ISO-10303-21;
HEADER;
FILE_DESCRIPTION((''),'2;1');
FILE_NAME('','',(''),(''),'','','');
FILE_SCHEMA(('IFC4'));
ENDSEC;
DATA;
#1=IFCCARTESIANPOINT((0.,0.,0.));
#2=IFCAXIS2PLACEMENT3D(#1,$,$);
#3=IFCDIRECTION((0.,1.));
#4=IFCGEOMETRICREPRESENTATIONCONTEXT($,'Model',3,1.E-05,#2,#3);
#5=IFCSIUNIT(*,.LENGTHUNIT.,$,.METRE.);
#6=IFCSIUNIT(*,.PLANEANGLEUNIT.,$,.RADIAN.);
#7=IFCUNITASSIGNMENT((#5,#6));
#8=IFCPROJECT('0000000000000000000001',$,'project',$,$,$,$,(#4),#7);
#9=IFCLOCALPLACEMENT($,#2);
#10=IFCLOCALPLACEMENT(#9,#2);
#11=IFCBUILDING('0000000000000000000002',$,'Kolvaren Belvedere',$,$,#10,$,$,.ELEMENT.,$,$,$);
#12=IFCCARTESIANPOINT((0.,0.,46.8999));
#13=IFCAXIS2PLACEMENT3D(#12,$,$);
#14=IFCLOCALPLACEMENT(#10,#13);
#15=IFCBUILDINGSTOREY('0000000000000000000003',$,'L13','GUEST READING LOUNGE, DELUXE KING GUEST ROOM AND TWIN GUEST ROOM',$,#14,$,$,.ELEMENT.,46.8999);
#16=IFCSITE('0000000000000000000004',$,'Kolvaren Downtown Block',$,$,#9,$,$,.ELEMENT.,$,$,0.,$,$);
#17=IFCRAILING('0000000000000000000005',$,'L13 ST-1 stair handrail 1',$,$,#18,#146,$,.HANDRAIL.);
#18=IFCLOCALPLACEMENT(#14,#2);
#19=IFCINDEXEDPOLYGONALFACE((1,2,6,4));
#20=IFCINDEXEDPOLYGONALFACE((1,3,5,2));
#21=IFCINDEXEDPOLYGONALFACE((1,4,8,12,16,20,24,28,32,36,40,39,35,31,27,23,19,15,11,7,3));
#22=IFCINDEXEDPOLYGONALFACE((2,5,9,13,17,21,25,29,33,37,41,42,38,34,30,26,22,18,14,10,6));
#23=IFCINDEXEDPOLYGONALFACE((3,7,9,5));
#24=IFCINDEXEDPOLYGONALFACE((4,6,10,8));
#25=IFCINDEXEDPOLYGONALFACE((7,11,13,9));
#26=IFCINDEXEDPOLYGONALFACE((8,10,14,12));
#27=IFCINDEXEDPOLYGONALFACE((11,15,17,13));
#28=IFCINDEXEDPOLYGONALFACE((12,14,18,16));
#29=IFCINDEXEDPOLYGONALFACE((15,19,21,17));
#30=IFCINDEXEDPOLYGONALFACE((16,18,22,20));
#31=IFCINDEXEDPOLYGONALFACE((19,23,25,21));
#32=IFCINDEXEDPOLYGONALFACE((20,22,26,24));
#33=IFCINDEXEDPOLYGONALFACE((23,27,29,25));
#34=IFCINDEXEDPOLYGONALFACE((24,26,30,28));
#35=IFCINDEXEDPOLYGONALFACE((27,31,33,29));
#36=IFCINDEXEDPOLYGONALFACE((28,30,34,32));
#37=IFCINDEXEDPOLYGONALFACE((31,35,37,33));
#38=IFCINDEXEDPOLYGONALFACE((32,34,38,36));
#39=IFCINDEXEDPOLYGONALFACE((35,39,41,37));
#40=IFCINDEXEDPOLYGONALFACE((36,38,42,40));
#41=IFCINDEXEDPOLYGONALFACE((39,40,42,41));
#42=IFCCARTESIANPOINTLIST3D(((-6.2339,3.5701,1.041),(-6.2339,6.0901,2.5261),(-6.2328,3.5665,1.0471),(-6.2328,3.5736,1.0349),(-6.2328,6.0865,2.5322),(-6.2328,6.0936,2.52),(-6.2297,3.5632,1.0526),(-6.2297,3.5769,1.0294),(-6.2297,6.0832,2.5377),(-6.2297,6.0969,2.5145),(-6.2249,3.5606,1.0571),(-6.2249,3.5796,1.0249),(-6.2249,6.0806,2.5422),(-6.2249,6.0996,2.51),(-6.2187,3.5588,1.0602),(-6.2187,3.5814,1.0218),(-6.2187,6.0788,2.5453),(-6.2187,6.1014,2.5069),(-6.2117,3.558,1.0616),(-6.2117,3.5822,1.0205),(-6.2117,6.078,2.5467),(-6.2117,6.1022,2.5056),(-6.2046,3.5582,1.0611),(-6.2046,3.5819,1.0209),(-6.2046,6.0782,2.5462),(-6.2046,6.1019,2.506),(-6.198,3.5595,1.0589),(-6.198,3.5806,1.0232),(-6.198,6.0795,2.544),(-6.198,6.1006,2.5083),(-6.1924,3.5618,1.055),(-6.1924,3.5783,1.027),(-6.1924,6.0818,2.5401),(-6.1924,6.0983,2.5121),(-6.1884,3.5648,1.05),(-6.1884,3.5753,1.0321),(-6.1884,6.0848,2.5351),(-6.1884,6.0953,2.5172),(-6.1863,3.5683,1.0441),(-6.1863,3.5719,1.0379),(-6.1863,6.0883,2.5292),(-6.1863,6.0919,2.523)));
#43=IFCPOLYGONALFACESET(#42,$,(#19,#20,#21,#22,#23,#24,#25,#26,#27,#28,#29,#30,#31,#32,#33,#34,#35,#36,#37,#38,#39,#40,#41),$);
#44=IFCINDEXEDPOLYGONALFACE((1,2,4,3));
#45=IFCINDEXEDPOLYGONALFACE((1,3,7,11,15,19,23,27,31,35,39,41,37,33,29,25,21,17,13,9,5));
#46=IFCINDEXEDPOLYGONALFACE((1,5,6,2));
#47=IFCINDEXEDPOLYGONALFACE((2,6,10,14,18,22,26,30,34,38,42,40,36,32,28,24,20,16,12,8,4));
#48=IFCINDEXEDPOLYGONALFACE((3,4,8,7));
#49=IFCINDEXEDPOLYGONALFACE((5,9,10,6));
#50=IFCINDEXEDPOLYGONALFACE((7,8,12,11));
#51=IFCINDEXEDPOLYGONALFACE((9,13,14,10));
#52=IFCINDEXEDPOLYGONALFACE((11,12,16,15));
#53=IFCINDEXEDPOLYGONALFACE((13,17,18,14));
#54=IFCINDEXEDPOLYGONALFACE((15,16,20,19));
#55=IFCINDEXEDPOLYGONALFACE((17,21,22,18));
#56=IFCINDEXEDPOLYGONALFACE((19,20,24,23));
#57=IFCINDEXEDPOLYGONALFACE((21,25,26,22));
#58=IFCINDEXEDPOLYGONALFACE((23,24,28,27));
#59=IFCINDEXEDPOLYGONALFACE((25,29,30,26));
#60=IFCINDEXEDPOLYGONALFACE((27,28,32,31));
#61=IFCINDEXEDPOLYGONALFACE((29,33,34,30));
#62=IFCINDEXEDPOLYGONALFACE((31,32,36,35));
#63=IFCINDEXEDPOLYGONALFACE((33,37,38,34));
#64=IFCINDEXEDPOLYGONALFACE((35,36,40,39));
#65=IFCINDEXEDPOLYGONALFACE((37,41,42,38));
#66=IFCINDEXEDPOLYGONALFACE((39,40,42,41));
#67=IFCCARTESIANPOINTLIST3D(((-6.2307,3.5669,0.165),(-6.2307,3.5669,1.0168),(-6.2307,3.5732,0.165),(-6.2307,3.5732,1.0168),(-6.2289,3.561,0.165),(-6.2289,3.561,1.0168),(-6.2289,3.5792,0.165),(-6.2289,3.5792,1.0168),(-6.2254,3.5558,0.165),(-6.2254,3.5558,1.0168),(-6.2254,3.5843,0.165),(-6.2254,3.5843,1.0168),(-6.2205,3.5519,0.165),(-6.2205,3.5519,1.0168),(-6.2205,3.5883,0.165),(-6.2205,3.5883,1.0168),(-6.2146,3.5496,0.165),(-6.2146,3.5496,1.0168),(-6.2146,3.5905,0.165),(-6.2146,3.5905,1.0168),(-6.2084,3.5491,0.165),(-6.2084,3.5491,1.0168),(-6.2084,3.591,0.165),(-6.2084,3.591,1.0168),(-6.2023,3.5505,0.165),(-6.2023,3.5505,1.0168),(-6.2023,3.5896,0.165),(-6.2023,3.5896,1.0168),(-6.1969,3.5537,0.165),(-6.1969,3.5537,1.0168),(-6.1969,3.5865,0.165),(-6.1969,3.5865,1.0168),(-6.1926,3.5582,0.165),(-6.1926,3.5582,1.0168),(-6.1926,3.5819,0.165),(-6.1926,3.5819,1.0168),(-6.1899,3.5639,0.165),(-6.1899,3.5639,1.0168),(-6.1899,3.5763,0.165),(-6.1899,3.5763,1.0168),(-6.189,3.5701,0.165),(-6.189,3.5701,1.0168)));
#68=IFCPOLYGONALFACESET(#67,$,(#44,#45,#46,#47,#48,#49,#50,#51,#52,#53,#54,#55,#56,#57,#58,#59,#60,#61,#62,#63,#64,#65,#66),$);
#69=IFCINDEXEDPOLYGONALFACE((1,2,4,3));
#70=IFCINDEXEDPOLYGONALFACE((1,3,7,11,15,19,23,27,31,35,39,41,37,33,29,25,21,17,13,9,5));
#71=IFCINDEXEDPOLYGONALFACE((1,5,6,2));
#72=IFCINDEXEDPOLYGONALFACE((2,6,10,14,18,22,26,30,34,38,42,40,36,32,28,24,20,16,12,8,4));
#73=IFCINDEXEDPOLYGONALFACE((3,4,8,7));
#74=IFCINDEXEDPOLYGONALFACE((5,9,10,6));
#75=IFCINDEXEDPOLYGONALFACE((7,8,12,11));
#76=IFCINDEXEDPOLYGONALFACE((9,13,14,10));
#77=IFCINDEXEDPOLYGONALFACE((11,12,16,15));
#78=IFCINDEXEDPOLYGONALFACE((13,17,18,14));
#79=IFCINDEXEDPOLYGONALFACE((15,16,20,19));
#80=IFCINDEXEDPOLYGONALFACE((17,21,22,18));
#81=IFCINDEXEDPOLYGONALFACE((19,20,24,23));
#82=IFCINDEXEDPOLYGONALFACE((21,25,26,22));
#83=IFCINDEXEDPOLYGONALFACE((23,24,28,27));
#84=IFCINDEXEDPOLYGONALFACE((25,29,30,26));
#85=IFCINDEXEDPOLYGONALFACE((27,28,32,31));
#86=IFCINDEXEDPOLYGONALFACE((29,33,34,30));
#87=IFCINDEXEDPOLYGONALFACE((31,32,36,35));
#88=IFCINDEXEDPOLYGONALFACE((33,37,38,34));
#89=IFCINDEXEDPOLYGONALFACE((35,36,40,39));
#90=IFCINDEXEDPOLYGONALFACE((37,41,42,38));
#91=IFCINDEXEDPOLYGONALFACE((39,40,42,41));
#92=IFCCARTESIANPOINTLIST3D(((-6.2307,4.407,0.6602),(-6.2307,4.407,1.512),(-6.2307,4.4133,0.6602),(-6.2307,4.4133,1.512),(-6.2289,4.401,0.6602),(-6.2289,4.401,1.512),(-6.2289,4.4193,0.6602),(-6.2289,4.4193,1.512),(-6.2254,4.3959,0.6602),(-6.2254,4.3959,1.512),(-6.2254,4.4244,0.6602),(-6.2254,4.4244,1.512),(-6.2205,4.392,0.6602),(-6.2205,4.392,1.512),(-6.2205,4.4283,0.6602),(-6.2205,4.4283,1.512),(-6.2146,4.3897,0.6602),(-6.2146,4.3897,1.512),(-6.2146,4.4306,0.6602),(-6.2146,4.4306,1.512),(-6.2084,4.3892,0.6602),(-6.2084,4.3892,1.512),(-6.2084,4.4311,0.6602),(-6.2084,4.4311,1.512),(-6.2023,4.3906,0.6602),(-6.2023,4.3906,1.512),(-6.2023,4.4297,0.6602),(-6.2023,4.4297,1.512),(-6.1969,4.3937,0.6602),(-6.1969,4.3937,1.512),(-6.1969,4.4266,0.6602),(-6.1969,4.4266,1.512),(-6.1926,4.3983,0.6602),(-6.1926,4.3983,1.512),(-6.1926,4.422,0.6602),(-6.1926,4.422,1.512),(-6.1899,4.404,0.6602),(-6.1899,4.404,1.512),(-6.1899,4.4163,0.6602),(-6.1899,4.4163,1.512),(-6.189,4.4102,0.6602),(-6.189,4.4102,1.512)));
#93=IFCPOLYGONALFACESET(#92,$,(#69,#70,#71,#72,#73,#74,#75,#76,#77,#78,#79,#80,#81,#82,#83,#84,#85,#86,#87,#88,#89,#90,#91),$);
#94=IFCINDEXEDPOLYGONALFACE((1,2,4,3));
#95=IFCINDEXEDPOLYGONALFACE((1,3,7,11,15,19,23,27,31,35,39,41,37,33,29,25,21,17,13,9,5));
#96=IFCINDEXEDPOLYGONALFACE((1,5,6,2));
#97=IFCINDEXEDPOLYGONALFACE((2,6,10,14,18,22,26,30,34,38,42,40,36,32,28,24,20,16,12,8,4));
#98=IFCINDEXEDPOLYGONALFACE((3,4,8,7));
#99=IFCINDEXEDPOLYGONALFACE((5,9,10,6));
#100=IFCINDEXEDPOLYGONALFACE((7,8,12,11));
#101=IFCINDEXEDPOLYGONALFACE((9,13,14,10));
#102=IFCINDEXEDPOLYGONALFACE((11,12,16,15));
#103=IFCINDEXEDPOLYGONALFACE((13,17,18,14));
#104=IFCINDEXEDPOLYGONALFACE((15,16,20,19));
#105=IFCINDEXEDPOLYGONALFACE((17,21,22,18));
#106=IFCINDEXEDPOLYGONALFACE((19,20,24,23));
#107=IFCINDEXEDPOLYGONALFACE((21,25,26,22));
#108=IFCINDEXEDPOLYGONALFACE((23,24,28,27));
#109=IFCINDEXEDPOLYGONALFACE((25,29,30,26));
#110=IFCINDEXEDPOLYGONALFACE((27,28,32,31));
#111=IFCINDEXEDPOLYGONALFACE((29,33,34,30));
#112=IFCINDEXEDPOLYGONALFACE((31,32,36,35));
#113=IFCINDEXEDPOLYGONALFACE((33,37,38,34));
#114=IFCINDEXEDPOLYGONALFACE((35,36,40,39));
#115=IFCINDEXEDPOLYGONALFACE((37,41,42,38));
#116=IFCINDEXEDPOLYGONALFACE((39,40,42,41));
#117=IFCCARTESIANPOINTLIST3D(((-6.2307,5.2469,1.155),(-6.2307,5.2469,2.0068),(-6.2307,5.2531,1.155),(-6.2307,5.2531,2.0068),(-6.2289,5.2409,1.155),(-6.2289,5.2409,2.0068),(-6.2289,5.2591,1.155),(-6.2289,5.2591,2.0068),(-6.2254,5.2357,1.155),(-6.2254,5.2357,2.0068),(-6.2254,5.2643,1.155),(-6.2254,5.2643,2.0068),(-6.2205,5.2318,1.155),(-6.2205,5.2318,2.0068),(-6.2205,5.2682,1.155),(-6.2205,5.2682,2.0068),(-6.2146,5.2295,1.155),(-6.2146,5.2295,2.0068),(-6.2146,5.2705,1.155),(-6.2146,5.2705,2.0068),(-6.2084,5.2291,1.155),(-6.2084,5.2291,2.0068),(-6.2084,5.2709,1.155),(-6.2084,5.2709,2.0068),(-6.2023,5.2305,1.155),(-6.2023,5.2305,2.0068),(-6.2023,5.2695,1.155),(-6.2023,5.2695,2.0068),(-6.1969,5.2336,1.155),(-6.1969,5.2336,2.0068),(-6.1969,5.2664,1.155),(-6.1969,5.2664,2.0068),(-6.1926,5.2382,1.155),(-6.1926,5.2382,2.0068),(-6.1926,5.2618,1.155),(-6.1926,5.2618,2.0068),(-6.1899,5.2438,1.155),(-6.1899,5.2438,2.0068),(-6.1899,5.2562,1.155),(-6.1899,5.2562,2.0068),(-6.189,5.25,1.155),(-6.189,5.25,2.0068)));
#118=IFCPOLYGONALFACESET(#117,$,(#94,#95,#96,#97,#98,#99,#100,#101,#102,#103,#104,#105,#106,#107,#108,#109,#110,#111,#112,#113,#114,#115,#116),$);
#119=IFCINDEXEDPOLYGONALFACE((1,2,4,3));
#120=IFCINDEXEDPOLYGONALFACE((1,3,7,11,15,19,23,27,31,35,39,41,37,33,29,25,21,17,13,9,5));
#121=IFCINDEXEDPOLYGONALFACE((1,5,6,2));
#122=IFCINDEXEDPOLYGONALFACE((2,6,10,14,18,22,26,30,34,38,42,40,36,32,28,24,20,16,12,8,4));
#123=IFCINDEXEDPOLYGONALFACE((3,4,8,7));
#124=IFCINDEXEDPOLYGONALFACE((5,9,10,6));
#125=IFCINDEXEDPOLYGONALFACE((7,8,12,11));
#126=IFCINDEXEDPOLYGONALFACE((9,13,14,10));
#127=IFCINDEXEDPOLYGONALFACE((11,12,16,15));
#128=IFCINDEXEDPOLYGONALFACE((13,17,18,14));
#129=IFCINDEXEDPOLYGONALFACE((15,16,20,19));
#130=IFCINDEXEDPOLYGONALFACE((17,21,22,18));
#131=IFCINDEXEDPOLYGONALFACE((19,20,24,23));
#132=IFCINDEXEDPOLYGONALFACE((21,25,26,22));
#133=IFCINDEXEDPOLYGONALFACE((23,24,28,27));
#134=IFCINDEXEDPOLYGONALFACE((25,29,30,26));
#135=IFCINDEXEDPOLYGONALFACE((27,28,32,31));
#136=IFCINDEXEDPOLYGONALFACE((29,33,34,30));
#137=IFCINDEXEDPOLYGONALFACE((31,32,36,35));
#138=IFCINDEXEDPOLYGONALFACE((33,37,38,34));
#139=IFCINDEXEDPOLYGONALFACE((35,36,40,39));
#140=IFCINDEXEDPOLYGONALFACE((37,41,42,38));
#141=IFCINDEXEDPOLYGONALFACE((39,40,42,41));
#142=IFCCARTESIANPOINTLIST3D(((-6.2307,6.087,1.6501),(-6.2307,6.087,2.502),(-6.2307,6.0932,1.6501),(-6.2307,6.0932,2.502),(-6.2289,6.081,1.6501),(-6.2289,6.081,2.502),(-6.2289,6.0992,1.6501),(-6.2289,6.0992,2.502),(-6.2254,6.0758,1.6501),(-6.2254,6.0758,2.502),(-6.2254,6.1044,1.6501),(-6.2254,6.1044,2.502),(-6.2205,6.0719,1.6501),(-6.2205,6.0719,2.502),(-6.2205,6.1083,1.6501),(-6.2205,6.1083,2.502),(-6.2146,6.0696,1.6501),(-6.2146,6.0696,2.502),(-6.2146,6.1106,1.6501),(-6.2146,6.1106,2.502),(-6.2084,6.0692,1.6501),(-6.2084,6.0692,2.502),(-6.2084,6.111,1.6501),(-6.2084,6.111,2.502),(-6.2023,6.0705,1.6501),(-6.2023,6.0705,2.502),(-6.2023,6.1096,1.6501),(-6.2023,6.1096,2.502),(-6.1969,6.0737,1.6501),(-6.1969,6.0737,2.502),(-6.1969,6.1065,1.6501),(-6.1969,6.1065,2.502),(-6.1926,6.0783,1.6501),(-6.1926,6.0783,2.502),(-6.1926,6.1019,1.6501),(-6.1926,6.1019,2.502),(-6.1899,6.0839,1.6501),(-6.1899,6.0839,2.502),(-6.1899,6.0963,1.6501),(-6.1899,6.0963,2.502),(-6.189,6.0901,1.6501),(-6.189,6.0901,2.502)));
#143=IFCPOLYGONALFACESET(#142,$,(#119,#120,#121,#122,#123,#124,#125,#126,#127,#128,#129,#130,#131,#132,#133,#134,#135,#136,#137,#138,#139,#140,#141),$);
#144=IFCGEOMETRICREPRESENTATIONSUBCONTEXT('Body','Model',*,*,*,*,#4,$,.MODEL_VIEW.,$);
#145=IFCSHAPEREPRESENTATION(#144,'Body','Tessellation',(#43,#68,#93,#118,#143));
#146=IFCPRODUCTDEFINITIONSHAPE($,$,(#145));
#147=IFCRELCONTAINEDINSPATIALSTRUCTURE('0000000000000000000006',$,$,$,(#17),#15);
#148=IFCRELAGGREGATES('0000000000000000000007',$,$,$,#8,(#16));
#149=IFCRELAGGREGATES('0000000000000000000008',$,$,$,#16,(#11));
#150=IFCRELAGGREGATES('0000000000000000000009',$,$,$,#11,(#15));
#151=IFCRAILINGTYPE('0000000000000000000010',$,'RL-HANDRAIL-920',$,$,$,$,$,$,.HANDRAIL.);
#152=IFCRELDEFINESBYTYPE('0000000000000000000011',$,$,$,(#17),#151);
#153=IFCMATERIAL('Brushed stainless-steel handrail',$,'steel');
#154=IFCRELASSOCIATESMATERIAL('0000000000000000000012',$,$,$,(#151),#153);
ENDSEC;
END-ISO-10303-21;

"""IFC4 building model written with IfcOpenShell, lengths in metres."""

from ifc_helpers import new_model, si_unit, direction, frame, origin, origin_2d, place, context, subcontext, project, spatial, circle, extrude, material, type_object, element, save


model = new_model("IFC4")

# Units and contexts
model_context = context("Model", 3, precision=1e-05, world=origin(), true_north=direction((0.0, 1.0)))
body_context = subcontext(model_context, "Body", "Model", "MODEL_VIEW")
ifc_project = project(units=[si_unit("LENGTHUNIT", "METRE"), si_unit("PLANEANGLEUNIT", "RADIAN")], contexts=[model_context])

# Site, building, storey
site_placement = place(None, origin())
site = spatial("IfcSite", under=ifc_project, at=site_placement, Name="Kolvaren Downtown Block", CompositionType="ELEMENT", RefElevation=0.0)
building_placement = place(site_placement, origin())
building = spatial("IfcBuilding", under=site, at=building_placement, Name="Kolvaren Belvedere", CompositionType="ELEMENT")
storey_placement = place(building_placement, frame((0.0, 0.0, 46.8999)))
storey = spatial("IfcBuildingStorey", under=building, at=storey_placement, Name="L13", Description="GUEST READING LOUNGE, DELUXE KING GUEST ROOM AND TWIN GUEST ROOM", CompositionType="ELEMENT", Elevation=46.8999)

# Railing
ifc_material_1 = material(Name="Brushed stainless-steel handrail", Category="steel")
railing_type_1 = type_object("IfcRailingType", Name="RL-HANDRAIL-920", PredefinedType="HANDRAIL", material=ifc_material_1)
railing_1_placement = place(storey_placement, frame((-6.21, 3.5701, 0.165)))
element("IfcRailing", 1, at=railing_1_placement, inside=storey, type_object=railing_type_1, Name="L13 ST-1 stair handrail 1", PredefinedType="HANDRAIL", context=body_context, shape_type="SweptSolid", body=[
    extrude(circle(Radius=0.0239, at=origin_2d()), frame((0.0, 0.0, 0.876), z_axis=(0.0, 0.861524, 0.507717), x_axis=(-1.0, 0.0, 0.0)), (0.0, 0.0, 1.0), 2.925),
    extrude(circle(Radius=0.021, at=origin_2d()), origin(), (0.0, 0.0, 1.0), 0.8518),
    extrude(circle(Radius=0.021, at=origin_2d()), frame((0.0, 0.8401, 0.4951)), (0.0, 0.0, 1.0), 0.8518),
    extrude(circle(Radius=0.021, at=origin_2d()), frame((0.0, 1.6799, 0.99)), (0.0, 0.0, 1.0), 0.8518),
    extrude(circle(Radius=0.021, at=origin_2d()), frame((0.0, 2.52, 1.4851)), (0.0, 0.0, 1.0), 0.8518),
])

save(model, "model.ifc")
